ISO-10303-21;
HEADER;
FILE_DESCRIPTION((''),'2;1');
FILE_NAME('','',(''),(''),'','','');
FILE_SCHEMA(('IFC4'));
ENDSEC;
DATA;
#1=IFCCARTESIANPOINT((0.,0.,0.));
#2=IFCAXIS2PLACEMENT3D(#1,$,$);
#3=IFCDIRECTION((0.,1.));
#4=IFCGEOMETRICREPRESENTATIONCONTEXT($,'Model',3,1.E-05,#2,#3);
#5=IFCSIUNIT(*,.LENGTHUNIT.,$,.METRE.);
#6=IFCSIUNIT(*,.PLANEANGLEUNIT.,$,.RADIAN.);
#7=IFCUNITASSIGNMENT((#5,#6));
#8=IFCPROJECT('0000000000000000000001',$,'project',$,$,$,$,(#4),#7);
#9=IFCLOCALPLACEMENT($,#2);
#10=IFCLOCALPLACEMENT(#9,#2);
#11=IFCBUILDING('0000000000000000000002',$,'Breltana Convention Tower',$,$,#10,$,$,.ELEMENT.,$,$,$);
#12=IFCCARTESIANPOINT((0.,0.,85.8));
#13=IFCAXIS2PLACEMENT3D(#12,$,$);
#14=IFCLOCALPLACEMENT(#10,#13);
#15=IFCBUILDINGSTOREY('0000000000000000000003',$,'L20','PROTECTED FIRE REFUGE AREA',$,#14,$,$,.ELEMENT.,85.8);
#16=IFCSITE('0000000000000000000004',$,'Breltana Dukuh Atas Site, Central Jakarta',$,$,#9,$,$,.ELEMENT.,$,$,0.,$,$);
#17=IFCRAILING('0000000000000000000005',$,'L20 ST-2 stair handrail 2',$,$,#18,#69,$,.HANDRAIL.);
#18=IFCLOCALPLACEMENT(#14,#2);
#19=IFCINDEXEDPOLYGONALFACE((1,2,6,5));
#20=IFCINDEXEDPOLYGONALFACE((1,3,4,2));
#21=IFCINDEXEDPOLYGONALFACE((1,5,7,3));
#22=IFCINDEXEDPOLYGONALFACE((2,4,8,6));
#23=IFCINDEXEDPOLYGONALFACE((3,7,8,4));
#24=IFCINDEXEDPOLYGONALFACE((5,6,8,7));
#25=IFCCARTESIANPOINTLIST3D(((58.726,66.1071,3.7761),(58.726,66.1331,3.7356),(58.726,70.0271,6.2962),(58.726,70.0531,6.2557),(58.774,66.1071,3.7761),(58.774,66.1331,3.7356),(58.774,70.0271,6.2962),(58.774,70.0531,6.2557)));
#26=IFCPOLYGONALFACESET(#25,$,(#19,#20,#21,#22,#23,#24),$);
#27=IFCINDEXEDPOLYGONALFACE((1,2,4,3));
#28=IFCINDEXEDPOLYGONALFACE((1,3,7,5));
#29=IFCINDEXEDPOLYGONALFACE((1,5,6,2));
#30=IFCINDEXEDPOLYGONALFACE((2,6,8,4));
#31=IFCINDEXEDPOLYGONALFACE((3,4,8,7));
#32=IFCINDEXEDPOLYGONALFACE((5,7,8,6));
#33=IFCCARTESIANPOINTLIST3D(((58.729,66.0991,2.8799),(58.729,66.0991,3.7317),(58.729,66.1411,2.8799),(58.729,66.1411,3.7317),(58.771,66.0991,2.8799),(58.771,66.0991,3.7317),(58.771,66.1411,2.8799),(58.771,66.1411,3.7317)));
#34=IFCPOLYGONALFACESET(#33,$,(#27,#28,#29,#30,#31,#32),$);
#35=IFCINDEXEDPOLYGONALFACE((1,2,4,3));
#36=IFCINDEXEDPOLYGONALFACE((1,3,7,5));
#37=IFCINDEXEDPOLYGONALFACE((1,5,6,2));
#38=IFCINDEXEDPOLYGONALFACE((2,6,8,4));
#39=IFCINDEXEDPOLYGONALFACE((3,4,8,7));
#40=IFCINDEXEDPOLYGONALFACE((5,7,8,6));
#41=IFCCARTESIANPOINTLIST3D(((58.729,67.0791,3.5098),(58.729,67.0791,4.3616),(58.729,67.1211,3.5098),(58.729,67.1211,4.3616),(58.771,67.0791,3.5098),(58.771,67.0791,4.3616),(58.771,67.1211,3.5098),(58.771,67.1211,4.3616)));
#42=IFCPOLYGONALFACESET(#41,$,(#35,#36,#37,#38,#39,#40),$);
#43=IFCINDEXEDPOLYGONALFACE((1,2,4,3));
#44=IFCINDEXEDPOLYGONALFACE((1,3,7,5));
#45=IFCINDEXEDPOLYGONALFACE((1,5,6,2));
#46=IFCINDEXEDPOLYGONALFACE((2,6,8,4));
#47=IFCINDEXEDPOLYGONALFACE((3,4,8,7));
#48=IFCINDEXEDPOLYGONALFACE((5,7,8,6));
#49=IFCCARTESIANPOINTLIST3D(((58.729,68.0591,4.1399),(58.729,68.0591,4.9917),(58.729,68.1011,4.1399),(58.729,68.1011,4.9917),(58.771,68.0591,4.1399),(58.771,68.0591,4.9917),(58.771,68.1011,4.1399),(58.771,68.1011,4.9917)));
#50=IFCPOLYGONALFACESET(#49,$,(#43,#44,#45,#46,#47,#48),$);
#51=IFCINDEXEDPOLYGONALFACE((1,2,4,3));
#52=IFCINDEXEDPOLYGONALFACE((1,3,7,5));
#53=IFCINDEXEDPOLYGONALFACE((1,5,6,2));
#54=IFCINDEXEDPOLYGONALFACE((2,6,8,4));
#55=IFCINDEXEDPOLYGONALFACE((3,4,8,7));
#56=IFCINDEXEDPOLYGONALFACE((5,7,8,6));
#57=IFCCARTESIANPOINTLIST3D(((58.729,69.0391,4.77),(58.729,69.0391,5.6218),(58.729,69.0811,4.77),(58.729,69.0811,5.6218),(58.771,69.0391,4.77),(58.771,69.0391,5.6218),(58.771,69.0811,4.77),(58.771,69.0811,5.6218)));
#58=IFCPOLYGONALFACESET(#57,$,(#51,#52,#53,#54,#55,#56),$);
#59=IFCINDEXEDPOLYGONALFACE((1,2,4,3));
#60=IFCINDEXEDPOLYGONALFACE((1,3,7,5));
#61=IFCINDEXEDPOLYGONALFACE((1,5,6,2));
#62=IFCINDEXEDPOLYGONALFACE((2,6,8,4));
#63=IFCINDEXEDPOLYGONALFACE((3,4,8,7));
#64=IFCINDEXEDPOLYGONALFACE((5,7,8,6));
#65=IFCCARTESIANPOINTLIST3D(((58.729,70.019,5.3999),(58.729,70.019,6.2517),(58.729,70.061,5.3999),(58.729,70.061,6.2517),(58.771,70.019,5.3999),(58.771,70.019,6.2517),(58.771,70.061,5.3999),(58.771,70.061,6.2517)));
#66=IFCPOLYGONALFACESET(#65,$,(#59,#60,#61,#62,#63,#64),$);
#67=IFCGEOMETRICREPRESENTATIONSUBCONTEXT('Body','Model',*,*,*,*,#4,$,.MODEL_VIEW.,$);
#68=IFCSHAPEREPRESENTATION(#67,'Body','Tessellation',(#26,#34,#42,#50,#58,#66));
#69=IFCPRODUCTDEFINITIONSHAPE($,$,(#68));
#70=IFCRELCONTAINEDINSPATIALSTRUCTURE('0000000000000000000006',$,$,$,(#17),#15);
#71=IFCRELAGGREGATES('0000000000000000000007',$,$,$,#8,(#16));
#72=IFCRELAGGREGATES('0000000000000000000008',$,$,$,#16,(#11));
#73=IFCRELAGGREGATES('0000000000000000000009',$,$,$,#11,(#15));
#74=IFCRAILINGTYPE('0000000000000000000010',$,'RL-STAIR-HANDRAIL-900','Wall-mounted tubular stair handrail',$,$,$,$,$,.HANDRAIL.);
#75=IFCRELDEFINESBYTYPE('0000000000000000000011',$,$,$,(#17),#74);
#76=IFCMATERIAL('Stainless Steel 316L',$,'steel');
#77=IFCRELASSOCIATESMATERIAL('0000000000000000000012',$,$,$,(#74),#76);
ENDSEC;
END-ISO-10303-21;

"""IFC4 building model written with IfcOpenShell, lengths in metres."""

from ifc_helpers import new_model, si_unit, direction, frame, origin, origin_2d, place, context, subcontext, project, spatial, rectangle, extrude, material, type_object, element, save


model = new_model("IFC4")

# Units and contexts
model_context = context("Model", 3, precision=1e-05, world=origin(), true_north=direction((0.0, 1.0)))
body_context = subcontext(model_context, "Body", "Model", "MODEL_VIEW")
ifc_project = project(units=[si_unit("LENGTHUNIT", "METRE"), si_unit("PLANEANGLEUNIT", "RADIAN")], contexts=[model_context])

# Site, building, storey
site_placement = place(None, origin())
site = spatial("IfcSite", under=ifc_project, at=site_placement, Name="Breltana Dukuh Atas Site, Central Jakarta", CompositionType="ELEMENT", RefElevation=0.0)
building_placement = place(site_placement, origin())
building = spatial("IfcBuilding", under=site, at=building_placement, Name="Breltana Convention Tower", CompositionType="ELEMENT")
storey_placement = place(building_placement, frame((0.0, 0.0, 85.8)))
storey = spatial("IfcBuildingStorey", under=building, at=storey_placement, Name="L20", Description="PROTECTED FIRE REFUGE AREA", CompositionType="ELEMENT", Elevation=85.8)

# Railing
ifc_material_1 = material(Name="Stainless Steel 316L", Category="steel")
railing_type_1 = type_object("IfcRailingType", Name="RL-STAIR-HANDRAIL-900", Description="Wall-mounted tubular stair handrail", PredefinedType="HANDRAIL", material=ifc_material_1)
railing_1_placement = place(storey_placement, frame((58.75, 66.1201, 2.8799)))
element("IfcRailing", 1, at=railing_1_placement, inside=storey, type_object=railing_type_1, Name="L20 ST-2 stair handrail 2", PredefinedType="HANDRAIL", context=body_context, shape_type="SweptSolid", body=[
    extrude(rectangle(XDim=0.0481, YDim=0.0481, at=origin_2d()), frame((0.0, 0.0, 0.876), z_axis=(0.0, 0.841172, 0.540768), x_axis=(-1.0, 0.0, 0.0)), (0.0, 0.0, 1.0), 4.6602),
    extrude(rectangle(XDim=0.042, YDim=0.042, at=origin_2d()), origin(), (0.0, 0.0, 1.0), 0.8518),
    extrude(rectangle(XDim=0.042, YDim=0.042, at=origin_2d()), frame((0.0, 0.98, 0.6299)), (0.0, 0.0, 1.0), 0.8518),
    extrude(rectangle(XDim=0.042, YDim=0.042, at=origin_2d()), frame((0.0, 1.96, 1.26)), (0.0, 0.0, 1.0), 0.8518),
    extrude(rectangle(XDim=0.042, YDim=0.042, at=origin_2d()), frame((0.0, 2.9399, 1.8901)), (0.0, 0.0, 1.0), 0.8518),
    extrude(rectangle(XDim=0.042, YDim=0.042, at=origin_2d()), frame((0.0, 3.9199, 2.52)), (0.0, 0.0, 1.0), 0.8518),
])

save(model, "model.ifc")
